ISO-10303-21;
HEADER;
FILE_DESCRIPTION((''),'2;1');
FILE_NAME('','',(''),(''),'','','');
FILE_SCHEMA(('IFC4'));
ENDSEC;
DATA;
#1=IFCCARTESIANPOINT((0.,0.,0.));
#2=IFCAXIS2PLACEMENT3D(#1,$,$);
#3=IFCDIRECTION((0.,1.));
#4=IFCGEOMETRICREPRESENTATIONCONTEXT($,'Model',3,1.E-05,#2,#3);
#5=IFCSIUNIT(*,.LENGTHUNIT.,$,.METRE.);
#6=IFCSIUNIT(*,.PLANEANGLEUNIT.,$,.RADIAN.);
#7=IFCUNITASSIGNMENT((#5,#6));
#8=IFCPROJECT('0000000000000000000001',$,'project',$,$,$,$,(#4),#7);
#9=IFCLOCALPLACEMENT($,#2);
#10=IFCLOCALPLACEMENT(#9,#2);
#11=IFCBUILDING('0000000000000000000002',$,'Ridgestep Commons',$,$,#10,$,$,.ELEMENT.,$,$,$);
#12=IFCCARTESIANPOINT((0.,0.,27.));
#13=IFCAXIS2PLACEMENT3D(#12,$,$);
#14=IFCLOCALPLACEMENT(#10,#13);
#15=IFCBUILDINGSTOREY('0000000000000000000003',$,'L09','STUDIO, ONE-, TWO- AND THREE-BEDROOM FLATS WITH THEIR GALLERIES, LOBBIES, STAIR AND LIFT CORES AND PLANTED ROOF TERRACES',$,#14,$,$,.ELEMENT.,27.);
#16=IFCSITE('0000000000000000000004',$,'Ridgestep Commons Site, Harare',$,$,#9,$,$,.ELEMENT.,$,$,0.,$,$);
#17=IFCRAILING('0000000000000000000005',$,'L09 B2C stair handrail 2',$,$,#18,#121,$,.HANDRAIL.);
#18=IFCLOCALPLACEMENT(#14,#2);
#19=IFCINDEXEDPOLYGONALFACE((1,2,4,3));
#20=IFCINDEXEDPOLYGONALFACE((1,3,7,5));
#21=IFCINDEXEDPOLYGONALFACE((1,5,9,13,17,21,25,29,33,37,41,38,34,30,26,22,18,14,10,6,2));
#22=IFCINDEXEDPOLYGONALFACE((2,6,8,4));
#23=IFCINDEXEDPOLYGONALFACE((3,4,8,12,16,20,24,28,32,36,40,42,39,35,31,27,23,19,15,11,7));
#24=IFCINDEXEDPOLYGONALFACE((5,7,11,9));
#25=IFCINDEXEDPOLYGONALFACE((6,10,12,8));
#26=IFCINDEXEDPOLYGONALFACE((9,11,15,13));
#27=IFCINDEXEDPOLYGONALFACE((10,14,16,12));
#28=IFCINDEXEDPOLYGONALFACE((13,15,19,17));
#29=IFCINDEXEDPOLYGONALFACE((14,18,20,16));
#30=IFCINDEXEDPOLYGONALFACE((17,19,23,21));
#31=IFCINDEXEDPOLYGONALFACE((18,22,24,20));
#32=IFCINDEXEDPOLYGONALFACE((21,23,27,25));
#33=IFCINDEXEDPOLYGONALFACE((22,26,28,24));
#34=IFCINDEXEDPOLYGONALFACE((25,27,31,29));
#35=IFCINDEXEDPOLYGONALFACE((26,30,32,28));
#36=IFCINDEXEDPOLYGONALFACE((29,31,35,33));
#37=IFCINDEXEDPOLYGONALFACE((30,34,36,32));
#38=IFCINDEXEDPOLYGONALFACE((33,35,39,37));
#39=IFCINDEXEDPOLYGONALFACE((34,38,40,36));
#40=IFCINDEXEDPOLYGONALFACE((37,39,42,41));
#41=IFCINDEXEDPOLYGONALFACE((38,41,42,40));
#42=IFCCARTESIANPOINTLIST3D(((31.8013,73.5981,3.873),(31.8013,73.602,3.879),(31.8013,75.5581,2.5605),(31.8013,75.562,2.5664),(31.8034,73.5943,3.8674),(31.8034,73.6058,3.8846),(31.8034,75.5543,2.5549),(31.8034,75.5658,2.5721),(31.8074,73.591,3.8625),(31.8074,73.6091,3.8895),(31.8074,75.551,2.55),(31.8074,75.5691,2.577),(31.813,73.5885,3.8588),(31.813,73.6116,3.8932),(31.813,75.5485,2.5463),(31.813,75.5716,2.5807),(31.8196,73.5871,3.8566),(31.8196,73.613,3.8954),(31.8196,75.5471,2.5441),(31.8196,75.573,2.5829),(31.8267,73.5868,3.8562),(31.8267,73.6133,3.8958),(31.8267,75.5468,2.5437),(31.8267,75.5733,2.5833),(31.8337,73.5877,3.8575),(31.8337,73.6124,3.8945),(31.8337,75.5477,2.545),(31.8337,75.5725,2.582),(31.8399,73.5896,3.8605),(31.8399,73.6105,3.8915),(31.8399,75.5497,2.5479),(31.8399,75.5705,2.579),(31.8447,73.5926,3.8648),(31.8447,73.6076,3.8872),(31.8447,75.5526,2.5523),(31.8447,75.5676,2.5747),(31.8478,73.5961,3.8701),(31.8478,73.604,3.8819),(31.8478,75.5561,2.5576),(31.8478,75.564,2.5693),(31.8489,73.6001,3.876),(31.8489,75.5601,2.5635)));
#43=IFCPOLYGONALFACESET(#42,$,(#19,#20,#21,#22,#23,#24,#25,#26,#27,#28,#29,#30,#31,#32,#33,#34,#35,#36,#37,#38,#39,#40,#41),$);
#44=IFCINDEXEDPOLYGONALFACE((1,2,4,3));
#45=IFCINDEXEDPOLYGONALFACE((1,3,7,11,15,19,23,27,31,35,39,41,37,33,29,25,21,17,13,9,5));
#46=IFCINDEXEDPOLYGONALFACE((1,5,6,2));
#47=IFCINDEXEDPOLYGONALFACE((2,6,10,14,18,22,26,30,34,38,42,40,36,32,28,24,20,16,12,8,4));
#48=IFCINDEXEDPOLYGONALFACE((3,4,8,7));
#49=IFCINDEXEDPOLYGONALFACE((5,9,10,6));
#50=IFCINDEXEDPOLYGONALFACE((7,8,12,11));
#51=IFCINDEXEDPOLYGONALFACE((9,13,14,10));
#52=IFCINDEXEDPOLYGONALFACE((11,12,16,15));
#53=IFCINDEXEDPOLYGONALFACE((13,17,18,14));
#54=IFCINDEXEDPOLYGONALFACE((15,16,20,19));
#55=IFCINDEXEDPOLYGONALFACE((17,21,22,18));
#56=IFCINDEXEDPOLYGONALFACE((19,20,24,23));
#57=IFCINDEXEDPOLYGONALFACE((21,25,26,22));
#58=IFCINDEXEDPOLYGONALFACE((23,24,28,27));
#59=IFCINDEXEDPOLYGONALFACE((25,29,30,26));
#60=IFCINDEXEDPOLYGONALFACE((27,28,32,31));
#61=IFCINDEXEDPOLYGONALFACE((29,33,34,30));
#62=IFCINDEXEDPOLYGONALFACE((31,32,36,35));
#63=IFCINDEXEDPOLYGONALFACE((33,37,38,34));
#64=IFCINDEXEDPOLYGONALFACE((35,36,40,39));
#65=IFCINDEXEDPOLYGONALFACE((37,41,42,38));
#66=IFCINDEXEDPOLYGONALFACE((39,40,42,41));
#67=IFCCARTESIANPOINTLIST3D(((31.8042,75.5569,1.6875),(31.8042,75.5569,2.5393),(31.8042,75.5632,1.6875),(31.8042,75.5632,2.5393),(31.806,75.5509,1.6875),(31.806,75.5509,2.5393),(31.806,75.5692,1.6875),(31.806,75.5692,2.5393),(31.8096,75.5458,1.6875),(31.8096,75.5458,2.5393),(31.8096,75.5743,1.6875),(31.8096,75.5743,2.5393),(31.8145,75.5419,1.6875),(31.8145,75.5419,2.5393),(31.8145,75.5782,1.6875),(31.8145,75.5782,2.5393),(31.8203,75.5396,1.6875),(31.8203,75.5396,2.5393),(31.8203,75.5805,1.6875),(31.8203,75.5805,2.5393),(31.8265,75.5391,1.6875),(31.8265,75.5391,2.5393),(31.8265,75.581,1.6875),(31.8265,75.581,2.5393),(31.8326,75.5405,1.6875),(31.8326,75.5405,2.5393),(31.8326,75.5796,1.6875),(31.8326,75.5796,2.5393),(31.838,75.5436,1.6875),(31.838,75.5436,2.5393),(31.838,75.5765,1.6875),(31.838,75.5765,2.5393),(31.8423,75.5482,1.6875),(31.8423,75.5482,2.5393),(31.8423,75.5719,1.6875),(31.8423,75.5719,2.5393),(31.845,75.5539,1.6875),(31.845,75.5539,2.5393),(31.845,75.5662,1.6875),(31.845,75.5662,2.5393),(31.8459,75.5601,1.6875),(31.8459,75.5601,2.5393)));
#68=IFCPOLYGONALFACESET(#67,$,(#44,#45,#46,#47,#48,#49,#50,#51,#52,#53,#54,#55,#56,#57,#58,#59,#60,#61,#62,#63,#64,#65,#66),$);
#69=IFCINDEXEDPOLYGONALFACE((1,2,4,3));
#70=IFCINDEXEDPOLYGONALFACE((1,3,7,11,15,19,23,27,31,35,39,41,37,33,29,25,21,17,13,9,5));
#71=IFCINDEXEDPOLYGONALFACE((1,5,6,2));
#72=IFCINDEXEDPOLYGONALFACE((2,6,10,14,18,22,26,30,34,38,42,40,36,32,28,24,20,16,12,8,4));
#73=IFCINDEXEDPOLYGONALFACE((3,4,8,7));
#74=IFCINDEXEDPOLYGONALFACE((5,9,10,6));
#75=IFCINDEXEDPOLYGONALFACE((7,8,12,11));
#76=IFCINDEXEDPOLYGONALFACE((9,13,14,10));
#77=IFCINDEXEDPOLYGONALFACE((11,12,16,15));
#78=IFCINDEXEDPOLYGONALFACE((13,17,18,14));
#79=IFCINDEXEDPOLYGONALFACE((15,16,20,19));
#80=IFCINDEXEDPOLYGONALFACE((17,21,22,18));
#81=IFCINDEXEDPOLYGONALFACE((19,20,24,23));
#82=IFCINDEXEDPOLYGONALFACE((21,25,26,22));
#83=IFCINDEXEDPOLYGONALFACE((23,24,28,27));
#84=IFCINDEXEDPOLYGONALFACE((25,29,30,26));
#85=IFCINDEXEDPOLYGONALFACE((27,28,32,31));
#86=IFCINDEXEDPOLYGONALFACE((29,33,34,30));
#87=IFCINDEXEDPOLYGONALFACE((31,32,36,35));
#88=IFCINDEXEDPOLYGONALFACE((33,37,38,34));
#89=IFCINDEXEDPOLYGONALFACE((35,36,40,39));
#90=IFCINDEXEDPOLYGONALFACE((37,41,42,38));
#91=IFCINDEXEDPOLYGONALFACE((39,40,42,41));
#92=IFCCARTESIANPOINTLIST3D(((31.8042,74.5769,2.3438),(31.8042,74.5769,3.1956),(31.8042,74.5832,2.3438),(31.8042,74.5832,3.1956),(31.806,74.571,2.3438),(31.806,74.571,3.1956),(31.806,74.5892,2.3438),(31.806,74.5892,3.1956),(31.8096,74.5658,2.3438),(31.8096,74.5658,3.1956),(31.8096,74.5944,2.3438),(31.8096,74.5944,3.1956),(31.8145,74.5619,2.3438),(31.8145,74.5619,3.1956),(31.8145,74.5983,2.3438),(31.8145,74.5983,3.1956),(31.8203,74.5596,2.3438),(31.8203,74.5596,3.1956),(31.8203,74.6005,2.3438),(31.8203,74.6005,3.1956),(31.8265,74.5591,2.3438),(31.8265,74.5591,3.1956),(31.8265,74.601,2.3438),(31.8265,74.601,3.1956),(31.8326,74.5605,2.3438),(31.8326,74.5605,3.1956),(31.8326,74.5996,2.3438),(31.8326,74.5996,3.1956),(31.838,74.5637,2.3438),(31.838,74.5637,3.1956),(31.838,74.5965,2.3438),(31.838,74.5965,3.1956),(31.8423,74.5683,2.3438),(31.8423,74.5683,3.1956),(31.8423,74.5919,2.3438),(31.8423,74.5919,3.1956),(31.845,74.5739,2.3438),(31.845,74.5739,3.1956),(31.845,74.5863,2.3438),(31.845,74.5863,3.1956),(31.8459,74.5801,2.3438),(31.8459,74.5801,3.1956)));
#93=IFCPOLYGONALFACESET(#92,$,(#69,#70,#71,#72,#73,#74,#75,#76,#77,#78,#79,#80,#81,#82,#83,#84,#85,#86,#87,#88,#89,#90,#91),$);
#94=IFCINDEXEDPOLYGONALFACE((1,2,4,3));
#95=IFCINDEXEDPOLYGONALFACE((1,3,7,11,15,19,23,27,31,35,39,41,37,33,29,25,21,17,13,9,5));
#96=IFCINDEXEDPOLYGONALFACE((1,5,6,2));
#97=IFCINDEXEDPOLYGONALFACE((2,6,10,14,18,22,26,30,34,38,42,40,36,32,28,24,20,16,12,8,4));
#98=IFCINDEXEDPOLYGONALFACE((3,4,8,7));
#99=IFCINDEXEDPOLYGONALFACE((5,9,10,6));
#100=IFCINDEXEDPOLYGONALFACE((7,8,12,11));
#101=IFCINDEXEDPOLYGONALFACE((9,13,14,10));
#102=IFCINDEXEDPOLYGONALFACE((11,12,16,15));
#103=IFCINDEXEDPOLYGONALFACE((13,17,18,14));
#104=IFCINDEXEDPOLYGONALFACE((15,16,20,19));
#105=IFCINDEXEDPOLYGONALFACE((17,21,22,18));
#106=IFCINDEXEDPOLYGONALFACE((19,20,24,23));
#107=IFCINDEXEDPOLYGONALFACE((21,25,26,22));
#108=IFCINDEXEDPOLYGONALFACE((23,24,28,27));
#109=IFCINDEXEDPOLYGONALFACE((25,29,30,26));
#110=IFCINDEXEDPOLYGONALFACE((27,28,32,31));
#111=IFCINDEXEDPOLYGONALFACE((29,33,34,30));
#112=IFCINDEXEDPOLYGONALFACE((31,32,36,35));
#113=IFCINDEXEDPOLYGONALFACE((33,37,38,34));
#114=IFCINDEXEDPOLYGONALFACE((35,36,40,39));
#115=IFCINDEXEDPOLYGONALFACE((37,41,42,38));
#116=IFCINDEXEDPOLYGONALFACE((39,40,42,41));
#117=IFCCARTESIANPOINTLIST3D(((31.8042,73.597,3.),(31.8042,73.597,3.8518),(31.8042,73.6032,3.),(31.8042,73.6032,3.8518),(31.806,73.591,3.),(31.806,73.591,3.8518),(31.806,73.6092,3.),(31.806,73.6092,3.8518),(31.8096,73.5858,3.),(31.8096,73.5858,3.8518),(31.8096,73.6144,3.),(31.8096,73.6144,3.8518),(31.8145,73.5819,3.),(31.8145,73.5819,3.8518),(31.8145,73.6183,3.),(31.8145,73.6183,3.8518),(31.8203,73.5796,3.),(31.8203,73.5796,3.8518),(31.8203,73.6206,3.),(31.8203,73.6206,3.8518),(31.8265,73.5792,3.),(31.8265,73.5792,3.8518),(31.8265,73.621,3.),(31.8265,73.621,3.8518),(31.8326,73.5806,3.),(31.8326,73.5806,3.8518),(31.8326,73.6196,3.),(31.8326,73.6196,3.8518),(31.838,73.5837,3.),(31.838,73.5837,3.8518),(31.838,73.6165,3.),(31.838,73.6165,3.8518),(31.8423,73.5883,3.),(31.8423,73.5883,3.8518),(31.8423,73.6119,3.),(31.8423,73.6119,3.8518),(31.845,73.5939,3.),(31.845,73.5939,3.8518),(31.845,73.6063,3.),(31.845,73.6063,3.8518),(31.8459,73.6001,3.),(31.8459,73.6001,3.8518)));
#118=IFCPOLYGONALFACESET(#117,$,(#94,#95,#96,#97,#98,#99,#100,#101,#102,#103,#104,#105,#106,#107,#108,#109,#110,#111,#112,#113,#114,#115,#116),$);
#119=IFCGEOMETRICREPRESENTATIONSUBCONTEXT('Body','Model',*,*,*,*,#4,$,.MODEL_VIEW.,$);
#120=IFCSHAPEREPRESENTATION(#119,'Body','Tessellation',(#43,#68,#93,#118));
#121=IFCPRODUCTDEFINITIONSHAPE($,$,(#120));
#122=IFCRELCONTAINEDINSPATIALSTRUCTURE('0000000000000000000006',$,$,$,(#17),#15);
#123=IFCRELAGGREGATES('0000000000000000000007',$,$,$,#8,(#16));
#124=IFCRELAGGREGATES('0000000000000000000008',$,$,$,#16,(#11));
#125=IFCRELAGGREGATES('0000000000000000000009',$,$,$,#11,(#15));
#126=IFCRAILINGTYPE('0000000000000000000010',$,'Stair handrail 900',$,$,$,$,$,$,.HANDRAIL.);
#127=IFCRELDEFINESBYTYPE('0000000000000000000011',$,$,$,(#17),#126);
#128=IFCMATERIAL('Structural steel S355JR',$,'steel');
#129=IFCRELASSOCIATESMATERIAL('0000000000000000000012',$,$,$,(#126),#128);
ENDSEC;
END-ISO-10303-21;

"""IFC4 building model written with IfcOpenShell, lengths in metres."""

from ifc_helpers import new_model, si_unit, direction, frame, origin, origin_2d, place, context, subcontext, project, spatial, circle, extrude, material, type_object, element, save


model = new_model("IFC4")

# Units and contexts
model_context = context("Model", 3, precision=1e-05, world=origin(), true_north=direction((0.0, 1.0)))
body_context = subcontext(model_context, "Body", "Model", "MODEL_VIEW")
ifc_project = project(units=[si_unit("LENGTHUNIT", "METRE"), si_unit("PLANEANGLEUNIT", "RADIAN")], contexts=[model_context])

# Site, building, storey
site_placement = place(None, origin())
site = spatial("IfcSite", under=ifc_project, at=site_placement, Name="Ridgestep Commons Site, Harare", CompositionType="ELEMENT", RefElevation=0.0)
building_placement = place(site_placement, origin())
building = spatial("IfcBuilding", under=site, at=building_placement, Name="Ridgestep Commons", CompositionType="ELEMENT")
storey_placement = place(building_placement, frame((0.0, 0.0, 27.0)))
storey = spatial("IfcBuildingStorey", under=building, at=storey_placement, Name="L09", Description="STUDIO, ONE-, TWO- AND THREE-BEDROOM FLATS WITH THEIR GALLERIES, LOBBIES, STAIR AND LIFT CORES AND PLANTED ROOF TERRACES", CompositionType="ELEMENT", Elevation=27.0)

# Railing
ifc_material_1 = material(Name="Structural steel S355JR", Category="steel")
railing_type_1 = type_object("IfcRailingType", Name="Stair handrail 900", PredefinedType="HANDRAIL", material=ifc_material_1)
railing_1_placement = place(storey_placement, frame((31.825, 75.5601, 1.6875)))
element("IfcRailing", 1, at=railing_1_placement, inside=storey, type_object=railing_type_1, Name="L09 B2C stair handrail 2", PredefinedType="HANDRAIL", context=body_context, shape_type="SweptSolid", body=[
    extrude(circle(Radius=0.0239, at=origin_2d()), frame((0.0, 0.0, 0.876), z_axis=(0.0, -0.830902, 0.556419), x_axis=(1.0, 0.0, 0.0)), (0.0, 0.0, 1.0), 2.3589),
    extrude(circle(Radius=0.021, at=origin_2d()), origin(), (0.0, 0.0, 1.0), 0.8518),
    extrude(circle(Radius=0.021, at=origin_2d()), frame((0.0, -0.98, 0.6562)), (0.0, 0.0, 1.0), 0.8518),
    extrude(circle(Radius=0.021, at=origin_2d()), frame((0.0, -1.96, 1.3125)), (0.0, 0.0, 1.0), 0.8518),
])

save(model, "model.ifc")
